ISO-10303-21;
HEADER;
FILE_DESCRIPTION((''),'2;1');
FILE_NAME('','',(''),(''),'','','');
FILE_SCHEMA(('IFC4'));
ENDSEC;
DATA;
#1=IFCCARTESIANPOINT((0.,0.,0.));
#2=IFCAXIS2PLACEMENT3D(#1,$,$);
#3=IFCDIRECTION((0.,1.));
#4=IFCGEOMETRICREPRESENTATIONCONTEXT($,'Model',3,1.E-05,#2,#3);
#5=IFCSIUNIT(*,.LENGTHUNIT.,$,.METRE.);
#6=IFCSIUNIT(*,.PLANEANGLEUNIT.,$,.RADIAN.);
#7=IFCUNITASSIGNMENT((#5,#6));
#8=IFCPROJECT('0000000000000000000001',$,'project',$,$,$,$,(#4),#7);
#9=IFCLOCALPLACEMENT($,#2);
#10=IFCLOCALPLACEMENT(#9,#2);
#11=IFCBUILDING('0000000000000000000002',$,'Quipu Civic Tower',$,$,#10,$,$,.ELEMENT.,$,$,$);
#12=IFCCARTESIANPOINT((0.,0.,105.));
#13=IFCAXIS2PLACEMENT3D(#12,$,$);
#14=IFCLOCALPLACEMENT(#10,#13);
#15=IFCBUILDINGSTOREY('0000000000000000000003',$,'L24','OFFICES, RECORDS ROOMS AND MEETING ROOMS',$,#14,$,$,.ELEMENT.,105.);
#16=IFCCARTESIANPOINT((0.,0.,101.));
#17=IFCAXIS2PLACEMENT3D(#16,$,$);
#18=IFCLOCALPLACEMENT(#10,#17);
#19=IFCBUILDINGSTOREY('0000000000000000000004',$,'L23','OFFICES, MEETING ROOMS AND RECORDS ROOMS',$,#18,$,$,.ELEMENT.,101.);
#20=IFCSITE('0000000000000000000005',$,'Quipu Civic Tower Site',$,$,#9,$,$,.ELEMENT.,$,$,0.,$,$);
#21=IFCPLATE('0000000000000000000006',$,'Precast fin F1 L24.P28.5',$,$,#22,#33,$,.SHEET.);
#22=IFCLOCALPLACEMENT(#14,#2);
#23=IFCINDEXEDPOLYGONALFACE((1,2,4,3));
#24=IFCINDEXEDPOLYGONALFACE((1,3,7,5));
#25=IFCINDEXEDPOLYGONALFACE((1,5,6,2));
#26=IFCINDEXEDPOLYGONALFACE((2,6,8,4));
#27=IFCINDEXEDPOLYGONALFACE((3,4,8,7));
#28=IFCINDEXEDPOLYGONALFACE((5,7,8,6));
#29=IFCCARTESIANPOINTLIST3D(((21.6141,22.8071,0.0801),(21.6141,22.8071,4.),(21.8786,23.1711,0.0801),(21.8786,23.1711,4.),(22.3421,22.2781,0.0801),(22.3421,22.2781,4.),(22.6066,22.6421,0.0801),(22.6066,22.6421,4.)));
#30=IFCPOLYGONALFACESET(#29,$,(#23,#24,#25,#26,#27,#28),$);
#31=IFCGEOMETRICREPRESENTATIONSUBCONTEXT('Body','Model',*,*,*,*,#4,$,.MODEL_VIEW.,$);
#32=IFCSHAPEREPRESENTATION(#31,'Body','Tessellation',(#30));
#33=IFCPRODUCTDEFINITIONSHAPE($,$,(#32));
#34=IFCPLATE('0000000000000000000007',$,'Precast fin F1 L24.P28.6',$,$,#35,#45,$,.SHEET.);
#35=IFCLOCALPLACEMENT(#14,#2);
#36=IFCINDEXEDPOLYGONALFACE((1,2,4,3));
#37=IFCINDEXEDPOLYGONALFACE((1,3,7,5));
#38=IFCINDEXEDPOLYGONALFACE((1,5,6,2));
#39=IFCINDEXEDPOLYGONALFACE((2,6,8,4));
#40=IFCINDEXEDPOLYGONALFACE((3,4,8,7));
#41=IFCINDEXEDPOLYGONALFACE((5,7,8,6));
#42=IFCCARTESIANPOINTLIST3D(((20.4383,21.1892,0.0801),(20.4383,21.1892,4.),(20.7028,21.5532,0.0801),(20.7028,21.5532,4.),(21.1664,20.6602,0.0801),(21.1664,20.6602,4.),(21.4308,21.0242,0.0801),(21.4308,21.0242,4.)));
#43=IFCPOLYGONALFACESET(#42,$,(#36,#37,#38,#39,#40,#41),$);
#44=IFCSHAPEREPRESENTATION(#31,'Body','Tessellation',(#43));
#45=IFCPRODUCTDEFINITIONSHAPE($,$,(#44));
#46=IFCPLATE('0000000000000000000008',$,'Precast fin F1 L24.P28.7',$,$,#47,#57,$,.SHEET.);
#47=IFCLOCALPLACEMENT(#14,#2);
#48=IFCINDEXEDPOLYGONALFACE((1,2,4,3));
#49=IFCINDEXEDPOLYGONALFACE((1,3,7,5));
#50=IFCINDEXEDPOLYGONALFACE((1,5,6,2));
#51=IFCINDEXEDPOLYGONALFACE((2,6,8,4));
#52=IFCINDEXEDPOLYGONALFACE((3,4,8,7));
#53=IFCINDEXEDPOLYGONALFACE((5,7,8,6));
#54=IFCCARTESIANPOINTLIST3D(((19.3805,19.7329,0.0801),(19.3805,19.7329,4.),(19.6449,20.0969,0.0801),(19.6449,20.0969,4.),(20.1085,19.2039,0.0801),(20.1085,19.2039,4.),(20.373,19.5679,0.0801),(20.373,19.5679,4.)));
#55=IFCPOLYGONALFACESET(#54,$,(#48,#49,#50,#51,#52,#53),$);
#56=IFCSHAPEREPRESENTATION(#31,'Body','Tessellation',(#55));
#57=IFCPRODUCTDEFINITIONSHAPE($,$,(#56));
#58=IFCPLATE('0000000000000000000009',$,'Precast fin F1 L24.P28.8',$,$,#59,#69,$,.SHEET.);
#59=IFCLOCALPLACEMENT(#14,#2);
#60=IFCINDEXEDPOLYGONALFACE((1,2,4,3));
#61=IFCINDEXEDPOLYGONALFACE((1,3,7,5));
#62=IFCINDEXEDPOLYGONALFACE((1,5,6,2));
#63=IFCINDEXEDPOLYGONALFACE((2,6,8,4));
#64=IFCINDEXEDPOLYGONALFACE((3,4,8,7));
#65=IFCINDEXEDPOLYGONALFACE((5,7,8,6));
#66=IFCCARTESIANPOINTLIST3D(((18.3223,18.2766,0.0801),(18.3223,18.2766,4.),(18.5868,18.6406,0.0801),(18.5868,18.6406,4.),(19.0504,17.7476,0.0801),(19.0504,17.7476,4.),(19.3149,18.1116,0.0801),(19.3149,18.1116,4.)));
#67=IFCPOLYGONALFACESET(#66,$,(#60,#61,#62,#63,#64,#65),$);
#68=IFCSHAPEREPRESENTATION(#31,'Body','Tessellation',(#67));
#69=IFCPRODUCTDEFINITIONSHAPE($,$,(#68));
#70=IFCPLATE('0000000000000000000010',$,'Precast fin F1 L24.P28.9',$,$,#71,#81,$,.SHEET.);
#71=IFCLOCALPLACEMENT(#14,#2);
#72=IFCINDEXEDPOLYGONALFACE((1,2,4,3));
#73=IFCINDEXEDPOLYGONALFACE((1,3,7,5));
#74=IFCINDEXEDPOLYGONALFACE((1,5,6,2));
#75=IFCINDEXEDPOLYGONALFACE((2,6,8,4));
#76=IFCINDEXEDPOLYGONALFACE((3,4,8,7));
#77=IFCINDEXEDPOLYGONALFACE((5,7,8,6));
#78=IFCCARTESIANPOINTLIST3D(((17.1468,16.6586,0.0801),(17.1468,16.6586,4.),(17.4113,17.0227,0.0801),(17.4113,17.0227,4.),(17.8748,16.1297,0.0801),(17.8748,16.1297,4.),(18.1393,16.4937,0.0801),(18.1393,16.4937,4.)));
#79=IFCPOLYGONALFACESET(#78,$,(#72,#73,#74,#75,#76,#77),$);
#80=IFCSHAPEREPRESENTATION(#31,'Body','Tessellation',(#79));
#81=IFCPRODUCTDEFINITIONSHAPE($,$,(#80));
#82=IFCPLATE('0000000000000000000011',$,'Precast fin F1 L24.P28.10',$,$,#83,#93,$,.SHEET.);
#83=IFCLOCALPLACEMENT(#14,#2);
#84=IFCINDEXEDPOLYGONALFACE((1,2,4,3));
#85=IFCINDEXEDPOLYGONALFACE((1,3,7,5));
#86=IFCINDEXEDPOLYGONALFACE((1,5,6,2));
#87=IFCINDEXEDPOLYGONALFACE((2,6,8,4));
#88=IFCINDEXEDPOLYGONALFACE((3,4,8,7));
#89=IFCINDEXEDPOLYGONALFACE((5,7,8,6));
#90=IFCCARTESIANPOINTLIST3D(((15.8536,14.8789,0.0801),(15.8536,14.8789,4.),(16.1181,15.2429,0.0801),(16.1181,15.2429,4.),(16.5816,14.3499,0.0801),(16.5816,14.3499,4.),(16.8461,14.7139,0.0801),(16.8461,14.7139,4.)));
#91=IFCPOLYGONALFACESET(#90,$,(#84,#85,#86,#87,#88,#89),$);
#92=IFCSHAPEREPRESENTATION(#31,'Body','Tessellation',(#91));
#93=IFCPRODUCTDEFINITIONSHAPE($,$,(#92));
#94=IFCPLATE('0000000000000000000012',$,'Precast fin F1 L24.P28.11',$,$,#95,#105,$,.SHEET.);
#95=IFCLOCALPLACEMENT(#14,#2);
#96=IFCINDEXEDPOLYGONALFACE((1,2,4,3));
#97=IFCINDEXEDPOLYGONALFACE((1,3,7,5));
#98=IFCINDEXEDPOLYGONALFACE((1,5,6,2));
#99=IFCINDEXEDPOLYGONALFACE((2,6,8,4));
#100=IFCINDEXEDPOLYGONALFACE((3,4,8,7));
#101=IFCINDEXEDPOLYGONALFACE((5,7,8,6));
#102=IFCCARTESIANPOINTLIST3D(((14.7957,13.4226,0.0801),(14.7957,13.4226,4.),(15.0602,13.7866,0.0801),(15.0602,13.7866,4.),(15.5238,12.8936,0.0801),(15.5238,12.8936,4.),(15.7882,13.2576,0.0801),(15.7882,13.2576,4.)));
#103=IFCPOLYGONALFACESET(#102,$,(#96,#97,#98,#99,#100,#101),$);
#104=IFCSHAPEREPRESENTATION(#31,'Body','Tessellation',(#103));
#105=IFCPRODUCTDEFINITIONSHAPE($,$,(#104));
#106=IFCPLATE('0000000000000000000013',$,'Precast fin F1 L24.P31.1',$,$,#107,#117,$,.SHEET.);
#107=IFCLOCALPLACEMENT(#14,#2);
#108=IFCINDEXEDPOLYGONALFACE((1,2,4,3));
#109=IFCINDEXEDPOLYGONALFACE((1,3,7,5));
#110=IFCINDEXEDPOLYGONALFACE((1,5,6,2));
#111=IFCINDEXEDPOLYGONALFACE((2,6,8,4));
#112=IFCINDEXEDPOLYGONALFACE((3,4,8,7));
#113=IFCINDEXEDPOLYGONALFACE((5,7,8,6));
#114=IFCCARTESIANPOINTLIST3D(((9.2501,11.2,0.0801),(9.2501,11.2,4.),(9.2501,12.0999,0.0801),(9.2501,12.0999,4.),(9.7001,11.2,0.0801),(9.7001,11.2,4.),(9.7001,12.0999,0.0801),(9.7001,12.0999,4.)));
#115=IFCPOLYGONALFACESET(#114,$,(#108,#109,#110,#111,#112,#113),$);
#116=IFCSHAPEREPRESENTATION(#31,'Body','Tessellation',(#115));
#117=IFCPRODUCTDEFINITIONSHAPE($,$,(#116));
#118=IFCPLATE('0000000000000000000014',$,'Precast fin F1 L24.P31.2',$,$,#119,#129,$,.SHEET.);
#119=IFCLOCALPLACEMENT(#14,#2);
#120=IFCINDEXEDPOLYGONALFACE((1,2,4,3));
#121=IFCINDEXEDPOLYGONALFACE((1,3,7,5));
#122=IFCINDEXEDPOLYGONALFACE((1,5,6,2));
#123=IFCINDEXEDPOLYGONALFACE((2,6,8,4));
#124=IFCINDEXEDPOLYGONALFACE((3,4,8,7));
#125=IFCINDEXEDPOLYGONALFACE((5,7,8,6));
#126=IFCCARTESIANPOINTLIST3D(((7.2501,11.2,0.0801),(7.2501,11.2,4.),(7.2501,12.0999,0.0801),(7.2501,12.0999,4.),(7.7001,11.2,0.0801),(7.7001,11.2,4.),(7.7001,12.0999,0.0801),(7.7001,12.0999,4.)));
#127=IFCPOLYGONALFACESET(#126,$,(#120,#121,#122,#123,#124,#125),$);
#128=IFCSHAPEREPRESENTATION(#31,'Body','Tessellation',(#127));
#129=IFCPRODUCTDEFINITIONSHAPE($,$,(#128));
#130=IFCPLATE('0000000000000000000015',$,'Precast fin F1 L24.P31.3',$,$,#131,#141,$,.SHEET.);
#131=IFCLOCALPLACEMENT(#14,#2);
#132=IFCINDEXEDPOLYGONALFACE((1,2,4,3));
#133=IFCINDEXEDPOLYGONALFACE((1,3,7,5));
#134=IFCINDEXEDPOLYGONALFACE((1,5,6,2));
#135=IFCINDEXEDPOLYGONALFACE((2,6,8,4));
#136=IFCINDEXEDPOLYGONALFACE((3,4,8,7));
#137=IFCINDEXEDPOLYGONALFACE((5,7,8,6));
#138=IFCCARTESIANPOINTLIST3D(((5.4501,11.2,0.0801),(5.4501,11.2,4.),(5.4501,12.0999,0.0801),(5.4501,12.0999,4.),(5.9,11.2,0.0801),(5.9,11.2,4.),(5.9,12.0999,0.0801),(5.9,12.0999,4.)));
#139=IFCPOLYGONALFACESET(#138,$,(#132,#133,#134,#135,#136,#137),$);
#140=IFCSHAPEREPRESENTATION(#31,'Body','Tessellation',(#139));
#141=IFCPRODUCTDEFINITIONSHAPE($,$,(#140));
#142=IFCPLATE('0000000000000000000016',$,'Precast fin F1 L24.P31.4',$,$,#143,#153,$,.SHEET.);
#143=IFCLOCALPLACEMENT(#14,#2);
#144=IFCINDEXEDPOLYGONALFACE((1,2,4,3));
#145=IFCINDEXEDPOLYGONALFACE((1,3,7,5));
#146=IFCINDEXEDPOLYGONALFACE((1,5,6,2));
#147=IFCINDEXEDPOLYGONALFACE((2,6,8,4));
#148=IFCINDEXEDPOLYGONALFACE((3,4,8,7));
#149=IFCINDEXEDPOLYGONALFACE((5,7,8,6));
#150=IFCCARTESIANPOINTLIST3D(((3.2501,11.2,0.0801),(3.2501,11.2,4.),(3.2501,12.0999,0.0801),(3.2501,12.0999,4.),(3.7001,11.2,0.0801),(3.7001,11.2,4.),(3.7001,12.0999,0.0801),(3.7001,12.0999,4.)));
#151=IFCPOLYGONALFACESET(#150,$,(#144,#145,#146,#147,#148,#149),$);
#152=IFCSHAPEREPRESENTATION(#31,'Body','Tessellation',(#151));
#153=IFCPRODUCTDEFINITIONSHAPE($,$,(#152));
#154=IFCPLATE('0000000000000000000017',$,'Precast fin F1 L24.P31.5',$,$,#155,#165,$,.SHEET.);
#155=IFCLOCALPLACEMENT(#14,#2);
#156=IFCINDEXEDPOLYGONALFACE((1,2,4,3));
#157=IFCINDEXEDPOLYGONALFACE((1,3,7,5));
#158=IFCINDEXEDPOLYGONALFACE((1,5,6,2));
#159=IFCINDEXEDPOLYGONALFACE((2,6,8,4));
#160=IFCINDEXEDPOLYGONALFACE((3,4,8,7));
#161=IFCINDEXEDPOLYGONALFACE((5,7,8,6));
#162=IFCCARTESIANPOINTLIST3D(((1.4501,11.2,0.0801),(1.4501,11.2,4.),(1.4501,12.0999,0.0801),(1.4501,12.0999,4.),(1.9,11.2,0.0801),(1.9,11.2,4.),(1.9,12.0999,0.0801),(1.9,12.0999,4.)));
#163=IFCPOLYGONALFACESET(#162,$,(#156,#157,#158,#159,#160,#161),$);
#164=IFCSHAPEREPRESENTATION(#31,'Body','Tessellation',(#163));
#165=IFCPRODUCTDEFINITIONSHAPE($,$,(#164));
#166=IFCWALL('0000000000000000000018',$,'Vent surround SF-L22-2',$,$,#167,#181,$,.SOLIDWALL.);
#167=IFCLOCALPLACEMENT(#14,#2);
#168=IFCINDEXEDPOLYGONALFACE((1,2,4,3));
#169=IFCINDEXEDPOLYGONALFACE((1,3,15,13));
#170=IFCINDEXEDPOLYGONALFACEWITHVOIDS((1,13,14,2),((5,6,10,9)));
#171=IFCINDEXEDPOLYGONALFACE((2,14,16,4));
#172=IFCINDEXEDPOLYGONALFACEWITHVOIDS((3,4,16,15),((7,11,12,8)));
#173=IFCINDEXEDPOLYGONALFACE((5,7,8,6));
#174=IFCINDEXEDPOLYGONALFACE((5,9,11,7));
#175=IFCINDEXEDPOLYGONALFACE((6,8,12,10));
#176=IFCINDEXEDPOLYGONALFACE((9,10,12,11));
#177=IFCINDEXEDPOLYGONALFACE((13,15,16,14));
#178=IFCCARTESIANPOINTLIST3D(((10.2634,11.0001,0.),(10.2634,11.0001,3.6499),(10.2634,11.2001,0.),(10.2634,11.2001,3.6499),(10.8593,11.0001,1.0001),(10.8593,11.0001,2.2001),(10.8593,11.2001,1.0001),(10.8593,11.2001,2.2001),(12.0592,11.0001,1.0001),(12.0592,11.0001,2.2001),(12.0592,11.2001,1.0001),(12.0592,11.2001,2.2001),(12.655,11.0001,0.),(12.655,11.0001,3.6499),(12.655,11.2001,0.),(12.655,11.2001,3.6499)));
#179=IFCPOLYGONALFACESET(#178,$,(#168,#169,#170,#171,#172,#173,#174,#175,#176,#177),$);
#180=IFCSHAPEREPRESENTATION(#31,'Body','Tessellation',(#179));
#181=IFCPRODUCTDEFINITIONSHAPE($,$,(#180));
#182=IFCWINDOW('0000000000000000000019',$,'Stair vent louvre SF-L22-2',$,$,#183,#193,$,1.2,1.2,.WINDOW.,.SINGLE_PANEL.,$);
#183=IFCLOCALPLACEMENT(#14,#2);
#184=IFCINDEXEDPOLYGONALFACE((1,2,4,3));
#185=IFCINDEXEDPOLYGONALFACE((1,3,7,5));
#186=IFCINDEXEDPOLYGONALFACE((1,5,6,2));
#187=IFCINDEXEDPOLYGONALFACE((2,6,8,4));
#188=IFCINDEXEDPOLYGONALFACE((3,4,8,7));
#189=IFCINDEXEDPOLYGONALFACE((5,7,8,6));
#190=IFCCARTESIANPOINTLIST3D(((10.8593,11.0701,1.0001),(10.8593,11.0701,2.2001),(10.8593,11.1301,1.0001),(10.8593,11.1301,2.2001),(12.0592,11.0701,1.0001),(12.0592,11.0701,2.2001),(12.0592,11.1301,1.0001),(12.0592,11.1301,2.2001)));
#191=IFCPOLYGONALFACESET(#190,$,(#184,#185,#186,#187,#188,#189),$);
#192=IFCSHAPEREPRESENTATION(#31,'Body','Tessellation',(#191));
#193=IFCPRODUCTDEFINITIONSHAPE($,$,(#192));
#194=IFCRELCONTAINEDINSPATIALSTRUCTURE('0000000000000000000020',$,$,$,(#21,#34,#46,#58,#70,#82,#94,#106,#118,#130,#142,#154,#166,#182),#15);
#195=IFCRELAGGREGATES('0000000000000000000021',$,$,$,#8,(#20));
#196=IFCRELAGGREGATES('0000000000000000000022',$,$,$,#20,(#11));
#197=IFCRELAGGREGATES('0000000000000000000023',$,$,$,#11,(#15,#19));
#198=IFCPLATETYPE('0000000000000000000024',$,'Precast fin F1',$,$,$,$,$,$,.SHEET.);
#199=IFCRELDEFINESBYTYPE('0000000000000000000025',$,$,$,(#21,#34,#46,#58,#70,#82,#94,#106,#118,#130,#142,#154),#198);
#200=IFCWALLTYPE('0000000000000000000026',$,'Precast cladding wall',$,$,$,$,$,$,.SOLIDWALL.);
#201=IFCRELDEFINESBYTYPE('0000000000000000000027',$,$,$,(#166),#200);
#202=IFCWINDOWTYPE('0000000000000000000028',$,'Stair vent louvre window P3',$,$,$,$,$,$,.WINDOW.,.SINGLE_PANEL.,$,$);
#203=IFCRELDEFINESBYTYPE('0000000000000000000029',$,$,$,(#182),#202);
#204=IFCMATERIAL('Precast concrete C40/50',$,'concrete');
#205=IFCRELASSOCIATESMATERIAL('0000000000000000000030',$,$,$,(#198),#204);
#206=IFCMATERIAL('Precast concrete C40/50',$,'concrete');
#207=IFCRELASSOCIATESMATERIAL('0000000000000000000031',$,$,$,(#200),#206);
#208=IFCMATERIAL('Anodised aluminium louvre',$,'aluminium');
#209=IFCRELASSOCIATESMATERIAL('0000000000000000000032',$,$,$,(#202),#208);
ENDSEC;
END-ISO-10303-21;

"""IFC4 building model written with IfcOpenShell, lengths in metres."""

from ifc_helpers import new_model, si_unit, direction, frame, frame_2d, origin, origin_2d, place, context, subcontext, project, spatial, rectangle, extrude, material, type_object, element, fill, save


model = new_model("IFC4")

# Units and contexts
model_context = context("Model", 3, precision=1e-05, world=origin(), true_north=direction((0.0, 1.0)))
body_context = subcontext(model_context, "Body", "Model", "MODEL_VIEW")
ifc_project = project(units=[si_unit("LENGTHUNIT", "METRE"), si_unit("PLANEANGLEUNIT", "RADIAN")], contexts=[model_context])

# Site, building, storey
site_placement = place(None, origin())
site = spatial("IfcSite", under=ifc_project, at=site_placement, Name="Quipu Civic Tower Site", CompositionType="ELEMENT", RefElevation=0.0)
building_placement = place(site_placement, origin())
building = spatial("IfcBuilding", under=site, at=building_placement, Name="Quipu Civic Tower", CompositionType="ELEMENT")
storey_1_placement = place(building_placement, frame((0.0, 0.0, 105.0)))
storey_1 = spatial("IfcBuildingStorey", under=building, at=storey_1_placement, Name="L24", Description="OFFICES, RECORDS ROOMS AND MEETING ROOMS", CompositionType="ELEMENT", Elevation=105.0)

# Shared definitions
storey_2_placement = place(building_placement, frame((0.0, 0.0, 101.0)))
storey_2 = spatial("IfcBuildingStorey", under=building, at=storey_2_placement, Name="L23", Description="OFFICES, MEETING ROOMS AND RECORDS ROOMS", CompositionType="ELEMENT", Elevation=101.0)

# Plates
ifc_material_1 = material(Name="Precast concrete C40/50", Category="concrete")
plate_type_1 = type_object("IfcPlateType", Name="Precast fin F1", PredefinedType="SHEET", material=ifc_material_1)
for number, where, z_axis, x_axis, name in (
    (1, (22.1104, 22.7246, 0.0801), (0.0, 0.0, 1.0), (-0.587787, -0.809016, 0.0), "Precast fin F1 L24.P28.5"),
    (2, (20.9346, 21.1067, 0.0801), (0.0, 0.0, 1.0), (-0.587787, -0.809016, 0.0), "Precast fin F1 L24.P28.6"),
    (3, (19.8767, 19.6504, 0.0801), (0.0, 0.0, 1.0), (-0.587787, -0.809016, 0.0), "Precast fin F1 L24.P28.7"),
    (4, (18.8186, 18.1941, 0.0801), (0.0, 0.0, 1.0), (-0.587787, -0.809016, 0.0), "Precast fin F1 L24.P28.8"),
    (5, (17.6431, 16.5762, 0.0801), (0.0, 0.0, 1.0), (-0.587787, -0.809016, 0.0), "Precast fin F1 L24.P28.9"),
    (6, (16.3499, 14.7964, 0.0801), (0.0, 0.0, 1.0), (-0.587787, -0.809016, 0.0), "Precast fin F1 L24.P28.10"),
    (7, (15.292, 13.3401, 0.0801), (0.0, 0.0, 1.0), (-0.587787, -0.809016, 0.0), "Precast fin F1 L24.P28.11"),
    (8, (9.4751, 11.6499, 0.0801), (0.0, 0.0, 1.0), (-1.0, 0.0, 0.0), "Precast fin F1 L24.P31.1"),
    (9, (7.4751, 11.6499, 0.0801), (0.0, 0.0, 1.0), (-1.0, 0.0, 0.0), "Precast fin F1 L24.P31.2"),
    (10, (5.675, 11.6499, 0.0801), (0.0, 0.0, 1.0), (-1.0, 0.0, 0.0), "Precast fin F1 L24.P31.3"),
    (11, (3.4751, 11.6499, 0.0801), (0.0, 0.0, 1.0), (-1.0, 0.0, 0.0), "Precast fin F1 L24.P31.4"),
    (12, (1.675, 11.6499, 0.0801), (0.0, 0.0, 1.0), (-1.0, 0.0, 0.0), "Precast fin F1 L24.P31.5"),
):
    element("IfcPlate", number, at=place(storey_1_placement, frame(where, z_axis=z_axis, x_axis=x_axis)), inside=storey_1, type_object=plate_type_1, Name=name, PredefinedType="SHEET", context=body_context, shape_type="SweptSolid", body=[
        extrude(rectangle(XDim=0.45, YDim=0.8999, at=origin_2d()), origin(), (0.0, 0.0, 1.0), 3.9199),
    ])

# Wall, opening, window
ifc_material_2 = material(Name="Precast concrete C40/50", Category="concrete")
wall_type = type_object("IfcWallType", Name="Precast cladding wall", PredefinedType="SOLIDWALL", material=ifc_material_2)
wall_placement = place(storey_1_placement, frame((12.655, 11.1001, 0.0), z_axis=(0.0, 0.0, 1.0), x_axis=(-1.0, 0.0, 0.0)))
wall = element("IfcWall", 13, at=wall_placement, inside=storey_1, type_object=wall_type, Name="Vent surround SF-L22-2", PredefinedType="SOLIDWALL", context=body_context, shape_type="SweptSolid", body=[
    extrude(rectangle(XDim=2.3916, YDim=0.2, at=frame_2d((1.1958, 0.0))), origin(), (0.0, 0.0, 1.0), 3.6499),
])
opening_placement = place(wall_placement, frame((0.5957, 0.0, 1.0)))
opening = element("IfcOpeningElement", 14, at=opening_placement, cuts=wall, PredefinedType="OPENING", context=body_context, shape_type="SweptSolid", body=[
    extrude(rectangle(XDim=1.2, YDim=1.2, at=frame_2d((0.6001, 0.6001))), frame((0.0, 0.1099, 0.0), z_axis=(0.0, -1.0, 0.0), x_axis=(1.0, 0.0, 0.0)), (0.0, 0.0, 1.0), 0.22),
])
ifc_material_3 = material(Name="Anodised aluminium louvre", Category="aluminium")
window_type = type_object("IfcWindowType", Name="Stair vent louvre window P3", PartitioningType="SINGLE_PANEL", PredefinedType="WINDOW", material=ifc_material_3)
window_placement = place(opening_placement, origin())
window = element("IfcWindow", 15, at=window_placement, inside=storey_1, type_object=window_type, Name="Stair vent louvre SF-L22-2", OverallHeight=1.2, OverallWidth=1.2, PartitioningType="SINGLE_PANEL", PredefinedType="WINDOW", context=body_context, shape_type="SweptSolid", body=[
    extrude(rectangle(XDim=1.2, YDim=1.2, at=frame_2d((0.6001, 0.6001))), frame((0.0, 0.03, 0.0), z_axis=(0.0, -1.0, 0.0), x_axis=(1.0, 0.0, 0.0)), (0.0, 0.0, 1.0), 0.0601),
])
fill(opening, window)

save(model, "model.ifc")
